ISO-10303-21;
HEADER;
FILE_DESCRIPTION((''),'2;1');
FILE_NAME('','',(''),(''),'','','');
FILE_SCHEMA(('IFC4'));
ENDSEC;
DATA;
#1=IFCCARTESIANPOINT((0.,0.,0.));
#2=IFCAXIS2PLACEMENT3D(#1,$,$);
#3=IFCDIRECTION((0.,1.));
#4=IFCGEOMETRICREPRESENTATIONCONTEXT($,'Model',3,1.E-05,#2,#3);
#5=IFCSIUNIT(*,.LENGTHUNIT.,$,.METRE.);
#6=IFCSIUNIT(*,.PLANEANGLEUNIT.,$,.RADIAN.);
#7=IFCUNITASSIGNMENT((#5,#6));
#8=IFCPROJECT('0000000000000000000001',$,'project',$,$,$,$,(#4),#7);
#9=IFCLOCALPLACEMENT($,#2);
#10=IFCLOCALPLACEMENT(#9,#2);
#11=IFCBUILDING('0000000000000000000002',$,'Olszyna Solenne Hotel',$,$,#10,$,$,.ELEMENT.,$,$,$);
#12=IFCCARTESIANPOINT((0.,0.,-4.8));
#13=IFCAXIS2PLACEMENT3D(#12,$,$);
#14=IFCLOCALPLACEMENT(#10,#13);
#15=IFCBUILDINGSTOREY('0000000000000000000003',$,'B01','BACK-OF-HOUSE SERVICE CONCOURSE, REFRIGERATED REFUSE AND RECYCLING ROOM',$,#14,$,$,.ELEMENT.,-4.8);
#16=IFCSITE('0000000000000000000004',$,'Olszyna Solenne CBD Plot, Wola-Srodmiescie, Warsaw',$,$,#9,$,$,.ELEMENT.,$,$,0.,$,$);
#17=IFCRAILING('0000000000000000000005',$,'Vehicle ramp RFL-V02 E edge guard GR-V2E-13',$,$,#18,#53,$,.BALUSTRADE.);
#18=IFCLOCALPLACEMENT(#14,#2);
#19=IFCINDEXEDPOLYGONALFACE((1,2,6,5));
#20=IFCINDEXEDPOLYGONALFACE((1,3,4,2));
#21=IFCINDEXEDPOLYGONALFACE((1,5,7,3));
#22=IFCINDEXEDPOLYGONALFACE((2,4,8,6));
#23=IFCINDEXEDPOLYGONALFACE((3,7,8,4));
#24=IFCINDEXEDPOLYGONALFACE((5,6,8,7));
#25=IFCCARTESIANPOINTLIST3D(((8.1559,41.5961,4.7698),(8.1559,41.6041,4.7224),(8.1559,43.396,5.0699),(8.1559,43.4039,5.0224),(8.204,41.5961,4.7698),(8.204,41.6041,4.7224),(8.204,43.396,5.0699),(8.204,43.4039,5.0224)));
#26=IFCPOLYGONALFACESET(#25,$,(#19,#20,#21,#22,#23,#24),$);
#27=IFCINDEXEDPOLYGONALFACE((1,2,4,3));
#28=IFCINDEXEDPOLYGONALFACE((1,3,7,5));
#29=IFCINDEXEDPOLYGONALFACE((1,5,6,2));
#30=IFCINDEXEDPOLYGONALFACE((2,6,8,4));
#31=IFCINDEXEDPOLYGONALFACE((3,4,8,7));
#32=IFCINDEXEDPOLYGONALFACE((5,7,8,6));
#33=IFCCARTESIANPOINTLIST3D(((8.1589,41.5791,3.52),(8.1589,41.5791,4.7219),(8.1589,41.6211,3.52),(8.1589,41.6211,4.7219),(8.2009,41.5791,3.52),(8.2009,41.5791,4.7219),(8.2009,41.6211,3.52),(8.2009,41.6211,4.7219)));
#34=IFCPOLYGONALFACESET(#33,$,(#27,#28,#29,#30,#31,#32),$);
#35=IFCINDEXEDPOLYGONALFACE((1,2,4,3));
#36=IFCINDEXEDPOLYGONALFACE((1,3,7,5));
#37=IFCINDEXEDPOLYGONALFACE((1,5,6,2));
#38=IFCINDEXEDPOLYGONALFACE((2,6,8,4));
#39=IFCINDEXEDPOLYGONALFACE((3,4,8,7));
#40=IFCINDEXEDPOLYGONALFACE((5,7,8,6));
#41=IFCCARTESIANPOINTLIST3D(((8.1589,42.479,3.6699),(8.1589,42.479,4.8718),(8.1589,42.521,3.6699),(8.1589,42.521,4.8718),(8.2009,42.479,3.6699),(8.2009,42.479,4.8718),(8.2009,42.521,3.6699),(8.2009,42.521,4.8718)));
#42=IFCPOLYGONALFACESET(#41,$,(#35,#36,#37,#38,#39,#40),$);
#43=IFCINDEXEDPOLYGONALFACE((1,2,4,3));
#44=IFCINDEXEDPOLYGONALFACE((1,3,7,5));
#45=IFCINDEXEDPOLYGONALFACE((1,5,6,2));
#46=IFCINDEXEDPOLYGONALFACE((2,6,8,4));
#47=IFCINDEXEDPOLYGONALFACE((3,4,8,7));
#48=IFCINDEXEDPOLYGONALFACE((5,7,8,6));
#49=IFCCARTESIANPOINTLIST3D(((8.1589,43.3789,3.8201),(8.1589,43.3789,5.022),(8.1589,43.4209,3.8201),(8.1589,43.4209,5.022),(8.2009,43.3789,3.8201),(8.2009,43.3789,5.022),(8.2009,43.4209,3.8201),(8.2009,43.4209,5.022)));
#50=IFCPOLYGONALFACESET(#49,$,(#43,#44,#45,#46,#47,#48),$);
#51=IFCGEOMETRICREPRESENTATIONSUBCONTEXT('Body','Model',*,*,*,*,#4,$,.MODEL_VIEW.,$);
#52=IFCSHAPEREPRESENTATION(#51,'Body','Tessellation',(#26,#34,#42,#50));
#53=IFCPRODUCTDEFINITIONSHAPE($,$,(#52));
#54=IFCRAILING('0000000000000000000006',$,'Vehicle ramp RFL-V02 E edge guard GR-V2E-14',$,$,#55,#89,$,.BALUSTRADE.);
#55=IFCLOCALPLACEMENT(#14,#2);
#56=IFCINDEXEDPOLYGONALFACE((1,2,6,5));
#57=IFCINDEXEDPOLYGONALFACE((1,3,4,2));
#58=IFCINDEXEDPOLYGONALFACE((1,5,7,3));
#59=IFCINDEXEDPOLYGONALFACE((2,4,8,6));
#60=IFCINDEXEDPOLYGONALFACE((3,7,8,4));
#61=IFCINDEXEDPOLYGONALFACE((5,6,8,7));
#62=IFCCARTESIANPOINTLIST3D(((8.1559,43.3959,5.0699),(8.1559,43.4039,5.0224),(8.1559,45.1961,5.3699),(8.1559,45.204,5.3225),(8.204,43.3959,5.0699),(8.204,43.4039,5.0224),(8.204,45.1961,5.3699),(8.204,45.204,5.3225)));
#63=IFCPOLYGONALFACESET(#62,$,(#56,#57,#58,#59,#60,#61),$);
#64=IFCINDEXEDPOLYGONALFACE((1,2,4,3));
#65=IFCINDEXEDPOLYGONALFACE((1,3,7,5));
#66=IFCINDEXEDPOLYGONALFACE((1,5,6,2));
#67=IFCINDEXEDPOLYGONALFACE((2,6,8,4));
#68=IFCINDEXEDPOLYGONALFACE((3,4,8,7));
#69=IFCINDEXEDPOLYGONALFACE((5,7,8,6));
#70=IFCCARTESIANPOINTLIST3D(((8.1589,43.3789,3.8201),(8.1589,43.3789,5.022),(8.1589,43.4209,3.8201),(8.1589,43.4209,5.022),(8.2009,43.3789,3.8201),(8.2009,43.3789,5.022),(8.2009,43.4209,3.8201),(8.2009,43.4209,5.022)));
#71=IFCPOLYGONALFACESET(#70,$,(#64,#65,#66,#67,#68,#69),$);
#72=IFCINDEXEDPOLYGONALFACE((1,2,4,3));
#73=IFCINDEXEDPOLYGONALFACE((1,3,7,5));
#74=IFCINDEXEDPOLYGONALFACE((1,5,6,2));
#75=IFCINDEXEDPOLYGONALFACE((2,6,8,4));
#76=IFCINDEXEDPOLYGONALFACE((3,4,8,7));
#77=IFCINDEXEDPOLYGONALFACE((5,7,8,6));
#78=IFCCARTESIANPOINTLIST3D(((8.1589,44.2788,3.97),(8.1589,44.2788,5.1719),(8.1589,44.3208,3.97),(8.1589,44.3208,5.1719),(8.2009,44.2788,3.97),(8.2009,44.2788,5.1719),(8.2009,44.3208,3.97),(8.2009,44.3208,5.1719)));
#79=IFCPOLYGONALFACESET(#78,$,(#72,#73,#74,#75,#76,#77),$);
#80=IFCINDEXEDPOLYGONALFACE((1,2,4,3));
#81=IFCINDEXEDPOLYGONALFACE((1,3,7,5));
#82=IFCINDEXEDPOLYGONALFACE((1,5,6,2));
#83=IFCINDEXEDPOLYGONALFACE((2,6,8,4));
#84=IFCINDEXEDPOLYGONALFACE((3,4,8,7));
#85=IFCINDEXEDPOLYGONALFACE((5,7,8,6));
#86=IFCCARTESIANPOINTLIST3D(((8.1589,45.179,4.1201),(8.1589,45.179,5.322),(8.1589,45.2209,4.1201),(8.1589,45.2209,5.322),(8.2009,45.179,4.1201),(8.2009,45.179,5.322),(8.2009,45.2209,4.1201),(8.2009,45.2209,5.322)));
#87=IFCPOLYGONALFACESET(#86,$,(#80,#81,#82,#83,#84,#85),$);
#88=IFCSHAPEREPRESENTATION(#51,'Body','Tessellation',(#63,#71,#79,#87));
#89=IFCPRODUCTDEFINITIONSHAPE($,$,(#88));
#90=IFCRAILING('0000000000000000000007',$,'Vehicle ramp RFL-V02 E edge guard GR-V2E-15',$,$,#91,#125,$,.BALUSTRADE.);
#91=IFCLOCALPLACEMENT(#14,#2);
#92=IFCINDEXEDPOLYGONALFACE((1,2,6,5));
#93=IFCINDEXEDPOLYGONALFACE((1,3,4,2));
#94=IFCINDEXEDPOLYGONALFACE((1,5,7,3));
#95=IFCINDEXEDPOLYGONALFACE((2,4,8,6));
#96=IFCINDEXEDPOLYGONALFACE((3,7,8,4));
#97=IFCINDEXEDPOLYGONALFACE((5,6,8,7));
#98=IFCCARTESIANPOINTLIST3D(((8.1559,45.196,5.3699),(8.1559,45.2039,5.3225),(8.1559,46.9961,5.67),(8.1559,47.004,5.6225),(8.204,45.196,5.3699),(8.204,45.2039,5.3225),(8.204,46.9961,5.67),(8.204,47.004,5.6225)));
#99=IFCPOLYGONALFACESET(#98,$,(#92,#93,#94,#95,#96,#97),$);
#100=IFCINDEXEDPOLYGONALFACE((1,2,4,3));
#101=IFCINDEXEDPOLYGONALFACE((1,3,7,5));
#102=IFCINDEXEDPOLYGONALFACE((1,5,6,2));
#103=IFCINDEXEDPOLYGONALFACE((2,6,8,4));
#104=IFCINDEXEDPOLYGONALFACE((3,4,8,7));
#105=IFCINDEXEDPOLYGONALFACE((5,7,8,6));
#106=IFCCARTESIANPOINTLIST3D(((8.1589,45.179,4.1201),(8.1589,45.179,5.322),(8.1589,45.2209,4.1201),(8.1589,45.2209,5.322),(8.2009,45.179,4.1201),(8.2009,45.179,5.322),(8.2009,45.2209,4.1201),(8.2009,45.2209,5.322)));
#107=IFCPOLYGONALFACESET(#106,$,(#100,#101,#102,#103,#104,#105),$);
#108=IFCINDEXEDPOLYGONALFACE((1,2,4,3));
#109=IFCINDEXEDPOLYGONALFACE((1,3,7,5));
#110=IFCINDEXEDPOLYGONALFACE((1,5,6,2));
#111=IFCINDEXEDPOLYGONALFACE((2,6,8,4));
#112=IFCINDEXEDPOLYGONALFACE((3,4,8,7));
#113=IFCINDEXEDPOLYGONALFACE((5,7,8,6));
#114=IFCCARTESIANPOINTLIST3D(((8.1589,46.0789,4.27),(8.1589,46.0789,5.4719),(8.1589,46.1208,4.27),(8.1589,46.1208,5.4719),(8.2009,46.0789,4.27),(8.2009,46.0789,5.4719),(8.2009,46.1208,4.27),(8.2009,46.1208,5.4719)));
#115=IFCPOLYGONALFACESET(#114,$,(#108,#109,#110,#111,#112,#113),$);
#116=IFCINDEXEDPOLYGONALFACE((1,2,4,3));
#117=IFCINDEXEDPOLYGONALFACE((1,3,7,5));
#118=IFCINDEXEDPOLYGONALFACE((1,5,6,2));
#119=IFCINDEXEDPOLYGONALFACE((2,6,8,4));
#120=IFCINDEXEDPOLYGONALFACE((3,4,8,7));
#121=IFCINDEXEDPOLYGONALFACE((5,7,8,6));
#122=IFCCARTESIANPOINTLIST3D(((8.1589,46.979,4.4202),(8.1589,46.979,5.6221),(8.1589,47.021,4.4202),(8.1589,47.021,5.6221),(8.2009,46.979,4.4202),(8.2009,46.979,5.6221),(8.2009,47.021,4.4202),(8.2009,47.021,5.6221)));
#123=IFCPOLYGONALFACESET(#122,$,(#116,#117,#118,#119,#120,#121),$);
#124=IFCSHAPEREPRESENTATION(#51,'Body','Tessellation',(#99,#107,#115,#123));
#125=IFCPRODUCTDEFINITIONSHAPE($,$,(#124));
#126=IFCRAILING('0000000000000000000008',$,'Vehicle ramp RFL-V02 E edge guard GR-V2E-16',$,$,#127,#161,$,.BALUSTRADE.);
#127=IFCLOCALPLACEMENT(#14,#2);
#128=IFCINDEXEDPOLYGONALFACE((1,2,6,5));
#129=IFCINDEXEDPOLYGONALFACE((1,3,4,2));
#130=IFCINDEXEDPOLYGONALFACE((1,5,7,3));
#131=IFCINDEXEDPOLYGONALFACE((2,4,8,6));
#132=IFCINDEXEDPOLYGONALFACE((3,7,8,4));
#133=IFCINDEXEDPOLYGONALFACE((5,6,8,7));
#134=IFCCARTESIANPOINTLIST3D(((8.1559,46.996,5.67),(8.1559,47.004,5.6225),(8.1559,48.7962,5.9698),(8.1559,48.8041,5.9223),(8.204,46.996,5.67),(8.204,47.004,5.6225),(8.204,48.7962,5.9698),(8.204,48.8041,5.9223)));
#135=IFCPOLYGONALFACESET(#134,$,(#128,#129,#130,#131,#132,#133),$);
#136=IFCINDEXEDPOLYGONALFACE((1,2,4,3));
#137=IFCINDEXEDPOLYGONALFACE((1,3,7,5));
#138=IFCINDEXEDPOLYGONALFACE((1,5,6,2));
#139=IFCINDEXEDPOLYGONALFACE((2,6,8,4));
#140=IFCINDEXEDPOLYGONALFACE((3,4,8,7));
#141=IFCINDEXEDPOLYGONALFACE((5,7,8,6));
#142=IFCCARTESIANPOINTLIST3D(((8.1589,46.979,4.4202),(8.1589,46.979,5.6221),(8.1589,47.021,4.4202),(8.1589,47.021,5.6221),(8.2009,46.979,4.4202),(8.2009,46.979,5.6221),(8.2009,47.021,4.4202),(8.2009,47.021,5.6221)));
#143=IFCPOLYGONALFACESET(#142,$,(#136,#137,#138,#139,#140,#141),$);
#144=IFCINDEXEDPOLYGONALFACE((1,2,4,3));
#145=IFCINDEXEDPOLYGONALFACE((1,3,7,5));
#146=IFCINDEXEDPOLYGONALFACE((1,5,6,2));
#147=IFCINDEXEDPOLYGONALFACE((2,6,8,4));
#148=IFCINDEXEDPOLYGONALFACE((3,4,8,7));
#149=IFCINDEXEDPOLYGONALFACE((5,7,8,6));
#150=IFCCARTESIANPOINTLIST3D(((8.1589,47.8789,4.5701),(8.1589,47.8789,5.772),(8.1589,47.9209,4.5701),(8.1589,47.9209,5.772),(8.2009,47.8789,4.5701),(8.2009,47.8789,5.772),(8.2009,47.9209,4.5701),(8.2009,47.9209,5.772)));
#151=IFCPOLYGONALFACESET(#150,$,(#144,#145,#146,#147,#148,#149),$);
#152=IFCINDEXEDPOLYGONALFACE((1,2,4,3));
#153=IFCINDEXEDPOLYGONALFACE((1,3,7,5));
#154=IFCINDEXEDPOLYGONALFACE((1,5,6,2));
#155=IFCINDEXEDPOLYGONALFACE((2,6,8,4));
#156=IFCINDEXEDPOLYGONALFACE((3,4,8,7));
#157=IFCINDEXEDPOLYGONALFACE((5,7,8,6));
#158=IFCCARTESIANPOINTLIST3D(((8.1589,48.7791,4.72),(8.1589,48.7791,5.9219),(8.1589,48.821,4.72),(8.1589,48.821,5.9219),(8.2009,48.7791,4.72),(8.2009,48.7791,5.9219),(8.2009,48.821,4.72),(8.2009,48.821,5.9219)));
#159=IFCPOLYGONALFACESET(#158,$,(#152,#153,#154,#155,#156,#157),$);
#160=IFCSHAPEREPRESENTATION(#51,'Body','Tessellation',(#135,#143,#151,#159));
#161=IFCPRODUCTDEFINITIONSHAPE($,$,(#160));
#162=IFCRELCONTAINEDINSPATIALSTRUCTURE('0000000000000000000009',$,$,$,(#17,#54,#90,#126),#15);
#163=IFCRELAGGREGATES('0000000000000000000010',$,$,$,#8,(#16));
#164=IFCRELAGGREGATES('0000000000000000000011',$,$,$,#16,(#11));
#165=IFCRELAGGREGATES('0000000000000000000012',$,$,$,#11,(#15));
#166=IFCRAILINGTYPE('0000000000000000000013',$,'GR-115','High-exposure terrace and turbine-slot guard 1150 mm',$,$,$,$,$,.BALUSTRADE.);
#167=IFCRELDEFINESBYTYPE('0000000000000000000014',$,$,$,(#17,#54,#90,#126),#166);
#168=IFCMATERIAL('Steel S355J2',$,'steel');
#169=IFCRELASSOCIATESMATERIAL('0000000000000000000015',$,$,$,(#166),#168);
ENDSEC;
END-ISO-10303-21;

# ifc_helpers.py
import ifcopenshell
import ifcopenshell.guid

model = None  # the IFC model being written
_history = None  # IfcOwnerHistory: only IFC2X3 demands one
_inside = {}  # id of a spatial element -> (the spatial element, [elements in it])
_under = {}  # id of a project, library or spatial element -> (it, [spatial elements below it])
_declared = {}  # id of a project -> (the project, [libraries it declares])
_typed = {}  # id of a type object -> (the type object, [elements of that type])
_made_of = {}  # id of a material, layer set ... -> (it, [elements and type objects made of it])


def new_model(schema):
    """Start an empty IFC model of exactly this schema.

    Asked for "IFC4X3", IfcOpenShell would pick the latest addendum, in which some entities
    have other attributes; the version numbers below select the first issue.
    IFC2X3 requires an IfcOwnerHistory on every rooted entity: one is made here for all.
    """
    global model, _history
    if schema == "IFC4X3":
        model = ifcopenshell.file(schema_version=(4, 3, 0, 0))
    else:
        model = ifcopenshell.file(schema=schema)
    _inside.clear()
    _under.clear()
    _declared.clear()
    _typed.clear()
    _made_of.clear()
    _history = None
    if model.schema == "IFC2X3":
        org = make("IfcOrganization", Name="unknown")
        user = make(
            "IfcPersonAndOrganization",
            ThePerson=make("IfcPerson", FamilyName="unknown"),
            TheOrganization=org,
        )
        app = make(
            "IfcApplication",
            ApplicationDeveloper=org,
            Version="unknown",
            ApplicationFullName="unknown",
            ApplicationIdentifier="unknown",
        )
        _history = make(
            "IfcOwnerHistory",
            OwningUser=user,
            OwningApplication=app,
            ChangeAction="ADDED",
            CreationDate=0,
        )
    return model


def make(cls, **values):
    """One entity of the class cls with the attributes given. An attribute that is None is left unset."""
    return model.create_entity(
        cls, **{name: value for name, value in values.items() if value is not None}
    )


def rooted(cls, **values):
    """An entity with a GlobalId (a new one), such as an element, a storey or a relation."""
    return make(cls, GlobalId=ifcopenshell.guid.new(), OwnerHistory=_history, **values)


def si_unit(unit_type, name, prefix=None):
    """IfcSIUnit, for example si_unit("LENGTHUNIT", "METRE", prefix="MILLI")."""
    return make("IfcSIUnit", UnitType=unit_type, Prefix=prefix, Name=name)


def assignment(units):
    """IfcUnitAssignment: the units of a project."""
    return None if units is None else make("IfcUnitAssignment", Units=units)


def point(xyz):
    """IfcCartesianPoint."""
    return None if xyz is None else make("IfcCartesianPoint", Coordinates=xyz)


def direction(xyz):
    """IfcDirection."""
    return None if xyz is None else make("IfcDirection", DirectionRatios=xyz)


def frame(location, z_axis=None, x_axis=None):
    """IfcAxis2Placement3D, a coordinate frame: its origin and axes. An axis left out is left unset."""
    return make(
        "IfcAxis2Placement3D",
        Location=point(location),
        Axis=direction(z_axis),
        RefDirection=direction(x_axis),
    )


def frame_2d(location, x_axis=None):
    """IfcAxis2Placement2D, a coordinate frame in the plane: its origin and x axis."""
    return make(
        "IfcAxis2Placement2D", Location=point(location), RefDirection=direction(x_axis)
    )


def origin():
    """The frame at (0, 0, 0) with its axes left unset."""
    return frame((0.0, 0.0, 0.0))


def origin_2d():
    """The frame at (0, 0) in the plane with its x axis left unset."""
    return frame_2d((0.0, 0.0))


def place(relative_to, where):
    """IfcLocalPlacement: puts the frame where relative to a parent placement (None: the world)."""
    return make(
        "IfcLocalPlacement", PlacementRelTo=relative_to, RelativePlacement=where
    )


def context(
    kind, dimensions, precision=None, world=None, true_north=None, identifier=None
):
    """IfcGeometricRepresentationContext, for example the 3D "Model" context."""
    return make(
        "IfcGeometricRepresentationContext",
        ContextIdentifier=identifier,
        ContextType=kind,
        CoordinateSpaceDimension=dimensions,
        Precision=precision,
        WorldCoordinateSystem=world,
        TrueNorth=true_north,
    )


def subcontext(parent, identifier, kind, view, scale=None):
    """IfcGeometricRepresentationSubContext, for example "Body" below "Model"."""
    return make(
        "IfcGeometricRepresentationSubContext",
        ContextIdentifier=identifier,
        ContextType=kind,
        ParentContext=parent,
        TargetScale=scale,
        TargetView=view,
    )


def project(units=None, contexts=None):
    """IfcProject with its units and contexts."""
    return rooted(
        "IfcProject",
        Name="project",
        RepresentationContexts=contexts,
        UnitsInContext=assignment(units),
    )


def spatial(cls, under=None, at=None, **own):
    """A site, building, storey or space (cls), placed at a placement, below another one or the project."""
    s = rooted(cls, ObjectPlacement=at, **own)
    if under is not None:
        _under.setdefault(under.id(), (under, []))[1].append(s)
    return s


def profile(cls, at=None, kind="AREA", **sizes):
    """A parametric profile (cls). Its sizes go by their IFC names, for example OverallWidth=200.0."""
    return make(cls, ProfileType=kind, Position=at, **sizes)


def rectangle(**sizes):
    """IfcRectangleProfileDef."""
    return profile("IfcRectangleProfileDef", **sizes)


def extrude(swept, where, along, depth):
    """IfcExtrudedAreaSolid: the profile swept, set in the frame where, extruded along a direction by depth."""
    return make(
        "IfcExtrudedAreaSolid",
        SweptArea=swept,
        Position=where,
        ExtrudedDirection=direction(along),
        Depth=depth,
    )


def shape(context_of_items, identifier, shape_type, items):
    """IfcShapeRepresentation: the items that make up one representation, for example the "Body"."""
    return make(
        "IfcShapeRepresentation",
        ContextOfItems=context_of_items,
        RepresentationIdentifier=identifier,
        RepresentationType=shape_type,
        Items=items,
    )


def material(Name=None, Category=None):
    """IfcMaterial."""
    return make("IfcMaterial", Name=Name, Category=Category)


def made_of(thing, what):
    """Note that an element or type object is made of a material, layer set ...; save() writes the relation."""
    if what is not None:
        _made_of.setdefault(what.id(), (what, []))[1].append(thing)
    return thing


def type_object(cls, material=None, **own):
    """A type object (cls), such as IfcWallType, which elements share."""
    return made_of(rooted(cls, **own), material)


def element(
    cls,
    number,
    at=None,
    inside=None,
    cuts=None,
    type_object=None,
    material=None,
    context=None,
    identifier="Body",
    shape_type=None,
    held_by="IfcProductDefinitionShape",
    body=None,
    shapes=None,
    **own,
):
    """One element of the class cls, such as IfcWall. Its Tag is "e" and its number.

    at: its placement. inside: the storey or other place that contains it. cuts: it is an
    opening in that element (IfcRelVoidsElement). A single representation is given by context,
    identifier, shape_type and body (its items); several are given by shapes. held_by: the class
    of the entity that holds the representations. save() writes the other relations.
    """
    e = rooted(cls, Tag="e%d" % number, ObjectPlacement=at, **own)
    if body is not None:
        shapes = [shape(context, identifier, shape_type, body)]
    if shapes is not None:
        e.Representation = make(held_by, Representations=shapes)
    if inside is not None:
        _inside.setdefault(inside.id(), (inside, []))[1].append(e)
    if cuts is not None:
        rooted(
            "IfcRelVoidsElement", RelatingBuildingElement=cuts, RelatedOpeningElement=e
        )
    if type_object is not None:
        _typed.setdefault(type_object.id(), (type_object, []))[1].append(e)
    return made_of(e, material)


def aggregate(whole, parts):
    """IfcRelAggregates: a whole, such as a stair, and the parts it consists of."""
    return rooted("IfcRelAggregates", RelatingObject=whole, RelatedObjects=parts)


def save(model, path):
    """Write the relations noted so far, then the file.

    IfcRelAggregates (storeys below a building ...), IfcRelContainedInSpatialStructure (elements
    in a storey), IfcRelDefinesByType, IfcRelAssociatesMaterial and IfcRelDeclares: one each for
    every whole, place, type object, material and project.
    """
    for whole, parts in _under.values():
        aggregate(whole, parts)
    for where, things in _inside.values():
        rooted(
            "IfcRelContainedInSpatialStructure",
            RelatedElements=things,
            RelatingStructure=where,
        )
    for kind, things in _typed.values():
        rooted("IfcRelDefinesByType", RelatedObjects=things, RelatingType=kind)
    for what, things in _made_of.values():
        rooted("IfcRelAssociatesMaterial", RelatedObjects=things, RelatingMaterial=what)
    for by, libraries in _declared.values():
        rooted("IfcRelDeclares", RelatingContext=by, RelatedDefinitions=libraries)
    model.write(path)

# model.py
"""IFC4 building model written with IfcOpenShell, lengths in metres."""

from ifc_helpers import new_model, si_unit, direction, frame, origin, origin_2d, place, context, subcontext, project, spatial, rectangle, extrude, material, type_object, element, save


model = new_model("IFC4")

# Units and contexts
model_context = context("Model", 3, precision=1e-05, world=origin(), true_north=direction((0.0, 1.0)))
body_context = subcontext(model_context, "Body", "Model", "MODEL_VIEW")
ifc_project = project(units=[si_unit("LENGTHUNIT", "METRE"), si_unit("PLANEANGLEUNIT", "RADIAN")], contexts=[model_context])

# Site, building, storey
site_placement = place(None, origin())
site = spatial("IfcSite", under=ifc_project, at=site_placement, Name="Olszyna Solenne CBD Plot, Wola-Srodmiescie, Warsaw", CompositionType="ELEMENT", RefElevation=0.0)
building_placement = place(site_placement, origin())
building = spatial("IfcBuilding", under=site, at=building_placement, Name="Olszyna Solenne Hotel", CompositionType="ELEMENT")
storey_placement = place(building_placement, frame((0.0, 0.0, -4.8)))
storey = spatial("IfcBuildingStorey", under=building, at=storey_placement, Name="B01", Description="BACK-OF-HOUSE SERVICE CONCOURSE, REFRIGERATED REFUSE AND RECYCLING ROOM", CompositionType="ELEMENT", Elevation=-4.8)

# Shared definitions
ifc_material_1 = material(Name="Steel S355J2", Category="steel")

# Railings
railing_type = type_object("IfcRailingType", Name="GR-115", Description="High-exposure terrace and turbine-slot guard 1150 mm", PredefinedType="BALUSTRADE", material=ifc_material_1)
railing_1_placement = place(storey_placement, frame((8.1799, 41.6001, 3.52)))
element("IfcRailing", 1, at=railing_1_placement, inside=storey, type_object=railing_type, Name="Vehicle ramp RFL-V02 E edge guard GR-V2E-13", PredefinedType="BALUSTRADE", context=body_context, shape_type="SweptSolid", body=[
    extrude(rectangle(XDim=0.0481, YDim=0.0481, at=origin_2d()), frame((0.0, 0.0, 1.2261), z_axis=(0.0, 0.986387, 0.164442), x_axis=(-1.0, 0.0, 0.0)), (0.0, 0.0, 1.0), 1.8247),
    extrude(rectangle(XDim=0.042, YDim=0.042, at=origin_2d()), origin(), (0.0, 0.0, 1.0), 1.2019),
    extrude(rectangle(XDim=0.042, YDim=0.042, at=origin_2d()), frame((0.0, 0.8999, 0.1499)), (0.0, 0.0, 1.0), 1.2019),
    extrude(rectangle(XDim=0.042, YDim=0.042, at=origin_2d()), frame((0.0, 1.7998, 0.3)), (0.0, 0.0, 1.0), 1.2019),
])
for number, where, name in (
    (2, (8.1799, 43.3999, 3.8201), "Vehicle ramp RFL-V02 E edge guard GR-V2E-14"),
    (3, (8.1799, 45.2, 4.1201), "Vehicle ramp RFL-V02 E edge guard GR-V2E-15"),
):
    element("IfcRailing", number, at=place(storey_placement, frame(where)), inside=storey, type_object=railing_type, Name=name, PredefinedType="BALUSTRADE", context=body_context, shape_type="SweptSolid", body=[
        extrude(rectangle(XDim=0.0481, YDim=0.0481, at=origin_2d()), frame((0.0, 0.0, 1.2261), z_axis=(0.0, 0.98639, 0.164421), x_axis=(-1.0, 0.0, 0.0)), (0.0, 0.0, 1.0), 1.825),
        extrude(rectangle(XDim=0.042, YDim=0.042, at=origin_2d()), origin(), (0.0, 0.0, 1.0), 1.2019),
        extrude(rectangle(XDim=0.042, YDim=0.042, at=origin_2d()), frame((0.0, 0.8999, 0.1499)), (0.0, 0.0, 1.0), 1.2019),
        extrude(rectangle(XDim=0.042, YDim=0.042, at=origin_2d()), frame((0.0, 1.8, 0.3)), (0.0, 0.0, 1.0), 1.2019),
    ])
railing_2_placement = place(storey_placement, frame((8.1799, 47.0, 4.4202)))
element("IfcRailing", 4, at=railing_2_placement, inside=storey, type_object=railing_type, Name="Vehicle ramp RFL-V02 E edge guard GR-V2E-16", PredefinedType="BALUSTRADE", context=body_context, shape_type="SweptSolid", body=[
    extrude(rectangle(XDim=0.0481, YDim=0.0481, at=origin_2d()), frame((0.0, 0.0, 1.2261), z_axis=(0.0, 0.986412, 0.164291), x_axis=(-1.0, 0.0, 0.0)), (0.0, 0.0, 1.0), 1.825),
    extrude(rectangle(XDim=0.042, YDim=0.042, at=origin_2d()), origin(), (0.0, 0.0, 1.0), 1.2019),
    extrude(rectangle(XDim=0.042, YDim=0.042, at=origin_2d()), frame((0.0, 0.8999, 0.1499)), (0.0, 0.0, 1.0), 1.2019),
    extrude(rectangle(XDim=0.042, YDim=0.042, at=origin_2d()), frame((0.0, 1.8, 0.2998)), (0.0, 0.0, 1.0), 1.2019),
])

save(model, "model.ifc")
